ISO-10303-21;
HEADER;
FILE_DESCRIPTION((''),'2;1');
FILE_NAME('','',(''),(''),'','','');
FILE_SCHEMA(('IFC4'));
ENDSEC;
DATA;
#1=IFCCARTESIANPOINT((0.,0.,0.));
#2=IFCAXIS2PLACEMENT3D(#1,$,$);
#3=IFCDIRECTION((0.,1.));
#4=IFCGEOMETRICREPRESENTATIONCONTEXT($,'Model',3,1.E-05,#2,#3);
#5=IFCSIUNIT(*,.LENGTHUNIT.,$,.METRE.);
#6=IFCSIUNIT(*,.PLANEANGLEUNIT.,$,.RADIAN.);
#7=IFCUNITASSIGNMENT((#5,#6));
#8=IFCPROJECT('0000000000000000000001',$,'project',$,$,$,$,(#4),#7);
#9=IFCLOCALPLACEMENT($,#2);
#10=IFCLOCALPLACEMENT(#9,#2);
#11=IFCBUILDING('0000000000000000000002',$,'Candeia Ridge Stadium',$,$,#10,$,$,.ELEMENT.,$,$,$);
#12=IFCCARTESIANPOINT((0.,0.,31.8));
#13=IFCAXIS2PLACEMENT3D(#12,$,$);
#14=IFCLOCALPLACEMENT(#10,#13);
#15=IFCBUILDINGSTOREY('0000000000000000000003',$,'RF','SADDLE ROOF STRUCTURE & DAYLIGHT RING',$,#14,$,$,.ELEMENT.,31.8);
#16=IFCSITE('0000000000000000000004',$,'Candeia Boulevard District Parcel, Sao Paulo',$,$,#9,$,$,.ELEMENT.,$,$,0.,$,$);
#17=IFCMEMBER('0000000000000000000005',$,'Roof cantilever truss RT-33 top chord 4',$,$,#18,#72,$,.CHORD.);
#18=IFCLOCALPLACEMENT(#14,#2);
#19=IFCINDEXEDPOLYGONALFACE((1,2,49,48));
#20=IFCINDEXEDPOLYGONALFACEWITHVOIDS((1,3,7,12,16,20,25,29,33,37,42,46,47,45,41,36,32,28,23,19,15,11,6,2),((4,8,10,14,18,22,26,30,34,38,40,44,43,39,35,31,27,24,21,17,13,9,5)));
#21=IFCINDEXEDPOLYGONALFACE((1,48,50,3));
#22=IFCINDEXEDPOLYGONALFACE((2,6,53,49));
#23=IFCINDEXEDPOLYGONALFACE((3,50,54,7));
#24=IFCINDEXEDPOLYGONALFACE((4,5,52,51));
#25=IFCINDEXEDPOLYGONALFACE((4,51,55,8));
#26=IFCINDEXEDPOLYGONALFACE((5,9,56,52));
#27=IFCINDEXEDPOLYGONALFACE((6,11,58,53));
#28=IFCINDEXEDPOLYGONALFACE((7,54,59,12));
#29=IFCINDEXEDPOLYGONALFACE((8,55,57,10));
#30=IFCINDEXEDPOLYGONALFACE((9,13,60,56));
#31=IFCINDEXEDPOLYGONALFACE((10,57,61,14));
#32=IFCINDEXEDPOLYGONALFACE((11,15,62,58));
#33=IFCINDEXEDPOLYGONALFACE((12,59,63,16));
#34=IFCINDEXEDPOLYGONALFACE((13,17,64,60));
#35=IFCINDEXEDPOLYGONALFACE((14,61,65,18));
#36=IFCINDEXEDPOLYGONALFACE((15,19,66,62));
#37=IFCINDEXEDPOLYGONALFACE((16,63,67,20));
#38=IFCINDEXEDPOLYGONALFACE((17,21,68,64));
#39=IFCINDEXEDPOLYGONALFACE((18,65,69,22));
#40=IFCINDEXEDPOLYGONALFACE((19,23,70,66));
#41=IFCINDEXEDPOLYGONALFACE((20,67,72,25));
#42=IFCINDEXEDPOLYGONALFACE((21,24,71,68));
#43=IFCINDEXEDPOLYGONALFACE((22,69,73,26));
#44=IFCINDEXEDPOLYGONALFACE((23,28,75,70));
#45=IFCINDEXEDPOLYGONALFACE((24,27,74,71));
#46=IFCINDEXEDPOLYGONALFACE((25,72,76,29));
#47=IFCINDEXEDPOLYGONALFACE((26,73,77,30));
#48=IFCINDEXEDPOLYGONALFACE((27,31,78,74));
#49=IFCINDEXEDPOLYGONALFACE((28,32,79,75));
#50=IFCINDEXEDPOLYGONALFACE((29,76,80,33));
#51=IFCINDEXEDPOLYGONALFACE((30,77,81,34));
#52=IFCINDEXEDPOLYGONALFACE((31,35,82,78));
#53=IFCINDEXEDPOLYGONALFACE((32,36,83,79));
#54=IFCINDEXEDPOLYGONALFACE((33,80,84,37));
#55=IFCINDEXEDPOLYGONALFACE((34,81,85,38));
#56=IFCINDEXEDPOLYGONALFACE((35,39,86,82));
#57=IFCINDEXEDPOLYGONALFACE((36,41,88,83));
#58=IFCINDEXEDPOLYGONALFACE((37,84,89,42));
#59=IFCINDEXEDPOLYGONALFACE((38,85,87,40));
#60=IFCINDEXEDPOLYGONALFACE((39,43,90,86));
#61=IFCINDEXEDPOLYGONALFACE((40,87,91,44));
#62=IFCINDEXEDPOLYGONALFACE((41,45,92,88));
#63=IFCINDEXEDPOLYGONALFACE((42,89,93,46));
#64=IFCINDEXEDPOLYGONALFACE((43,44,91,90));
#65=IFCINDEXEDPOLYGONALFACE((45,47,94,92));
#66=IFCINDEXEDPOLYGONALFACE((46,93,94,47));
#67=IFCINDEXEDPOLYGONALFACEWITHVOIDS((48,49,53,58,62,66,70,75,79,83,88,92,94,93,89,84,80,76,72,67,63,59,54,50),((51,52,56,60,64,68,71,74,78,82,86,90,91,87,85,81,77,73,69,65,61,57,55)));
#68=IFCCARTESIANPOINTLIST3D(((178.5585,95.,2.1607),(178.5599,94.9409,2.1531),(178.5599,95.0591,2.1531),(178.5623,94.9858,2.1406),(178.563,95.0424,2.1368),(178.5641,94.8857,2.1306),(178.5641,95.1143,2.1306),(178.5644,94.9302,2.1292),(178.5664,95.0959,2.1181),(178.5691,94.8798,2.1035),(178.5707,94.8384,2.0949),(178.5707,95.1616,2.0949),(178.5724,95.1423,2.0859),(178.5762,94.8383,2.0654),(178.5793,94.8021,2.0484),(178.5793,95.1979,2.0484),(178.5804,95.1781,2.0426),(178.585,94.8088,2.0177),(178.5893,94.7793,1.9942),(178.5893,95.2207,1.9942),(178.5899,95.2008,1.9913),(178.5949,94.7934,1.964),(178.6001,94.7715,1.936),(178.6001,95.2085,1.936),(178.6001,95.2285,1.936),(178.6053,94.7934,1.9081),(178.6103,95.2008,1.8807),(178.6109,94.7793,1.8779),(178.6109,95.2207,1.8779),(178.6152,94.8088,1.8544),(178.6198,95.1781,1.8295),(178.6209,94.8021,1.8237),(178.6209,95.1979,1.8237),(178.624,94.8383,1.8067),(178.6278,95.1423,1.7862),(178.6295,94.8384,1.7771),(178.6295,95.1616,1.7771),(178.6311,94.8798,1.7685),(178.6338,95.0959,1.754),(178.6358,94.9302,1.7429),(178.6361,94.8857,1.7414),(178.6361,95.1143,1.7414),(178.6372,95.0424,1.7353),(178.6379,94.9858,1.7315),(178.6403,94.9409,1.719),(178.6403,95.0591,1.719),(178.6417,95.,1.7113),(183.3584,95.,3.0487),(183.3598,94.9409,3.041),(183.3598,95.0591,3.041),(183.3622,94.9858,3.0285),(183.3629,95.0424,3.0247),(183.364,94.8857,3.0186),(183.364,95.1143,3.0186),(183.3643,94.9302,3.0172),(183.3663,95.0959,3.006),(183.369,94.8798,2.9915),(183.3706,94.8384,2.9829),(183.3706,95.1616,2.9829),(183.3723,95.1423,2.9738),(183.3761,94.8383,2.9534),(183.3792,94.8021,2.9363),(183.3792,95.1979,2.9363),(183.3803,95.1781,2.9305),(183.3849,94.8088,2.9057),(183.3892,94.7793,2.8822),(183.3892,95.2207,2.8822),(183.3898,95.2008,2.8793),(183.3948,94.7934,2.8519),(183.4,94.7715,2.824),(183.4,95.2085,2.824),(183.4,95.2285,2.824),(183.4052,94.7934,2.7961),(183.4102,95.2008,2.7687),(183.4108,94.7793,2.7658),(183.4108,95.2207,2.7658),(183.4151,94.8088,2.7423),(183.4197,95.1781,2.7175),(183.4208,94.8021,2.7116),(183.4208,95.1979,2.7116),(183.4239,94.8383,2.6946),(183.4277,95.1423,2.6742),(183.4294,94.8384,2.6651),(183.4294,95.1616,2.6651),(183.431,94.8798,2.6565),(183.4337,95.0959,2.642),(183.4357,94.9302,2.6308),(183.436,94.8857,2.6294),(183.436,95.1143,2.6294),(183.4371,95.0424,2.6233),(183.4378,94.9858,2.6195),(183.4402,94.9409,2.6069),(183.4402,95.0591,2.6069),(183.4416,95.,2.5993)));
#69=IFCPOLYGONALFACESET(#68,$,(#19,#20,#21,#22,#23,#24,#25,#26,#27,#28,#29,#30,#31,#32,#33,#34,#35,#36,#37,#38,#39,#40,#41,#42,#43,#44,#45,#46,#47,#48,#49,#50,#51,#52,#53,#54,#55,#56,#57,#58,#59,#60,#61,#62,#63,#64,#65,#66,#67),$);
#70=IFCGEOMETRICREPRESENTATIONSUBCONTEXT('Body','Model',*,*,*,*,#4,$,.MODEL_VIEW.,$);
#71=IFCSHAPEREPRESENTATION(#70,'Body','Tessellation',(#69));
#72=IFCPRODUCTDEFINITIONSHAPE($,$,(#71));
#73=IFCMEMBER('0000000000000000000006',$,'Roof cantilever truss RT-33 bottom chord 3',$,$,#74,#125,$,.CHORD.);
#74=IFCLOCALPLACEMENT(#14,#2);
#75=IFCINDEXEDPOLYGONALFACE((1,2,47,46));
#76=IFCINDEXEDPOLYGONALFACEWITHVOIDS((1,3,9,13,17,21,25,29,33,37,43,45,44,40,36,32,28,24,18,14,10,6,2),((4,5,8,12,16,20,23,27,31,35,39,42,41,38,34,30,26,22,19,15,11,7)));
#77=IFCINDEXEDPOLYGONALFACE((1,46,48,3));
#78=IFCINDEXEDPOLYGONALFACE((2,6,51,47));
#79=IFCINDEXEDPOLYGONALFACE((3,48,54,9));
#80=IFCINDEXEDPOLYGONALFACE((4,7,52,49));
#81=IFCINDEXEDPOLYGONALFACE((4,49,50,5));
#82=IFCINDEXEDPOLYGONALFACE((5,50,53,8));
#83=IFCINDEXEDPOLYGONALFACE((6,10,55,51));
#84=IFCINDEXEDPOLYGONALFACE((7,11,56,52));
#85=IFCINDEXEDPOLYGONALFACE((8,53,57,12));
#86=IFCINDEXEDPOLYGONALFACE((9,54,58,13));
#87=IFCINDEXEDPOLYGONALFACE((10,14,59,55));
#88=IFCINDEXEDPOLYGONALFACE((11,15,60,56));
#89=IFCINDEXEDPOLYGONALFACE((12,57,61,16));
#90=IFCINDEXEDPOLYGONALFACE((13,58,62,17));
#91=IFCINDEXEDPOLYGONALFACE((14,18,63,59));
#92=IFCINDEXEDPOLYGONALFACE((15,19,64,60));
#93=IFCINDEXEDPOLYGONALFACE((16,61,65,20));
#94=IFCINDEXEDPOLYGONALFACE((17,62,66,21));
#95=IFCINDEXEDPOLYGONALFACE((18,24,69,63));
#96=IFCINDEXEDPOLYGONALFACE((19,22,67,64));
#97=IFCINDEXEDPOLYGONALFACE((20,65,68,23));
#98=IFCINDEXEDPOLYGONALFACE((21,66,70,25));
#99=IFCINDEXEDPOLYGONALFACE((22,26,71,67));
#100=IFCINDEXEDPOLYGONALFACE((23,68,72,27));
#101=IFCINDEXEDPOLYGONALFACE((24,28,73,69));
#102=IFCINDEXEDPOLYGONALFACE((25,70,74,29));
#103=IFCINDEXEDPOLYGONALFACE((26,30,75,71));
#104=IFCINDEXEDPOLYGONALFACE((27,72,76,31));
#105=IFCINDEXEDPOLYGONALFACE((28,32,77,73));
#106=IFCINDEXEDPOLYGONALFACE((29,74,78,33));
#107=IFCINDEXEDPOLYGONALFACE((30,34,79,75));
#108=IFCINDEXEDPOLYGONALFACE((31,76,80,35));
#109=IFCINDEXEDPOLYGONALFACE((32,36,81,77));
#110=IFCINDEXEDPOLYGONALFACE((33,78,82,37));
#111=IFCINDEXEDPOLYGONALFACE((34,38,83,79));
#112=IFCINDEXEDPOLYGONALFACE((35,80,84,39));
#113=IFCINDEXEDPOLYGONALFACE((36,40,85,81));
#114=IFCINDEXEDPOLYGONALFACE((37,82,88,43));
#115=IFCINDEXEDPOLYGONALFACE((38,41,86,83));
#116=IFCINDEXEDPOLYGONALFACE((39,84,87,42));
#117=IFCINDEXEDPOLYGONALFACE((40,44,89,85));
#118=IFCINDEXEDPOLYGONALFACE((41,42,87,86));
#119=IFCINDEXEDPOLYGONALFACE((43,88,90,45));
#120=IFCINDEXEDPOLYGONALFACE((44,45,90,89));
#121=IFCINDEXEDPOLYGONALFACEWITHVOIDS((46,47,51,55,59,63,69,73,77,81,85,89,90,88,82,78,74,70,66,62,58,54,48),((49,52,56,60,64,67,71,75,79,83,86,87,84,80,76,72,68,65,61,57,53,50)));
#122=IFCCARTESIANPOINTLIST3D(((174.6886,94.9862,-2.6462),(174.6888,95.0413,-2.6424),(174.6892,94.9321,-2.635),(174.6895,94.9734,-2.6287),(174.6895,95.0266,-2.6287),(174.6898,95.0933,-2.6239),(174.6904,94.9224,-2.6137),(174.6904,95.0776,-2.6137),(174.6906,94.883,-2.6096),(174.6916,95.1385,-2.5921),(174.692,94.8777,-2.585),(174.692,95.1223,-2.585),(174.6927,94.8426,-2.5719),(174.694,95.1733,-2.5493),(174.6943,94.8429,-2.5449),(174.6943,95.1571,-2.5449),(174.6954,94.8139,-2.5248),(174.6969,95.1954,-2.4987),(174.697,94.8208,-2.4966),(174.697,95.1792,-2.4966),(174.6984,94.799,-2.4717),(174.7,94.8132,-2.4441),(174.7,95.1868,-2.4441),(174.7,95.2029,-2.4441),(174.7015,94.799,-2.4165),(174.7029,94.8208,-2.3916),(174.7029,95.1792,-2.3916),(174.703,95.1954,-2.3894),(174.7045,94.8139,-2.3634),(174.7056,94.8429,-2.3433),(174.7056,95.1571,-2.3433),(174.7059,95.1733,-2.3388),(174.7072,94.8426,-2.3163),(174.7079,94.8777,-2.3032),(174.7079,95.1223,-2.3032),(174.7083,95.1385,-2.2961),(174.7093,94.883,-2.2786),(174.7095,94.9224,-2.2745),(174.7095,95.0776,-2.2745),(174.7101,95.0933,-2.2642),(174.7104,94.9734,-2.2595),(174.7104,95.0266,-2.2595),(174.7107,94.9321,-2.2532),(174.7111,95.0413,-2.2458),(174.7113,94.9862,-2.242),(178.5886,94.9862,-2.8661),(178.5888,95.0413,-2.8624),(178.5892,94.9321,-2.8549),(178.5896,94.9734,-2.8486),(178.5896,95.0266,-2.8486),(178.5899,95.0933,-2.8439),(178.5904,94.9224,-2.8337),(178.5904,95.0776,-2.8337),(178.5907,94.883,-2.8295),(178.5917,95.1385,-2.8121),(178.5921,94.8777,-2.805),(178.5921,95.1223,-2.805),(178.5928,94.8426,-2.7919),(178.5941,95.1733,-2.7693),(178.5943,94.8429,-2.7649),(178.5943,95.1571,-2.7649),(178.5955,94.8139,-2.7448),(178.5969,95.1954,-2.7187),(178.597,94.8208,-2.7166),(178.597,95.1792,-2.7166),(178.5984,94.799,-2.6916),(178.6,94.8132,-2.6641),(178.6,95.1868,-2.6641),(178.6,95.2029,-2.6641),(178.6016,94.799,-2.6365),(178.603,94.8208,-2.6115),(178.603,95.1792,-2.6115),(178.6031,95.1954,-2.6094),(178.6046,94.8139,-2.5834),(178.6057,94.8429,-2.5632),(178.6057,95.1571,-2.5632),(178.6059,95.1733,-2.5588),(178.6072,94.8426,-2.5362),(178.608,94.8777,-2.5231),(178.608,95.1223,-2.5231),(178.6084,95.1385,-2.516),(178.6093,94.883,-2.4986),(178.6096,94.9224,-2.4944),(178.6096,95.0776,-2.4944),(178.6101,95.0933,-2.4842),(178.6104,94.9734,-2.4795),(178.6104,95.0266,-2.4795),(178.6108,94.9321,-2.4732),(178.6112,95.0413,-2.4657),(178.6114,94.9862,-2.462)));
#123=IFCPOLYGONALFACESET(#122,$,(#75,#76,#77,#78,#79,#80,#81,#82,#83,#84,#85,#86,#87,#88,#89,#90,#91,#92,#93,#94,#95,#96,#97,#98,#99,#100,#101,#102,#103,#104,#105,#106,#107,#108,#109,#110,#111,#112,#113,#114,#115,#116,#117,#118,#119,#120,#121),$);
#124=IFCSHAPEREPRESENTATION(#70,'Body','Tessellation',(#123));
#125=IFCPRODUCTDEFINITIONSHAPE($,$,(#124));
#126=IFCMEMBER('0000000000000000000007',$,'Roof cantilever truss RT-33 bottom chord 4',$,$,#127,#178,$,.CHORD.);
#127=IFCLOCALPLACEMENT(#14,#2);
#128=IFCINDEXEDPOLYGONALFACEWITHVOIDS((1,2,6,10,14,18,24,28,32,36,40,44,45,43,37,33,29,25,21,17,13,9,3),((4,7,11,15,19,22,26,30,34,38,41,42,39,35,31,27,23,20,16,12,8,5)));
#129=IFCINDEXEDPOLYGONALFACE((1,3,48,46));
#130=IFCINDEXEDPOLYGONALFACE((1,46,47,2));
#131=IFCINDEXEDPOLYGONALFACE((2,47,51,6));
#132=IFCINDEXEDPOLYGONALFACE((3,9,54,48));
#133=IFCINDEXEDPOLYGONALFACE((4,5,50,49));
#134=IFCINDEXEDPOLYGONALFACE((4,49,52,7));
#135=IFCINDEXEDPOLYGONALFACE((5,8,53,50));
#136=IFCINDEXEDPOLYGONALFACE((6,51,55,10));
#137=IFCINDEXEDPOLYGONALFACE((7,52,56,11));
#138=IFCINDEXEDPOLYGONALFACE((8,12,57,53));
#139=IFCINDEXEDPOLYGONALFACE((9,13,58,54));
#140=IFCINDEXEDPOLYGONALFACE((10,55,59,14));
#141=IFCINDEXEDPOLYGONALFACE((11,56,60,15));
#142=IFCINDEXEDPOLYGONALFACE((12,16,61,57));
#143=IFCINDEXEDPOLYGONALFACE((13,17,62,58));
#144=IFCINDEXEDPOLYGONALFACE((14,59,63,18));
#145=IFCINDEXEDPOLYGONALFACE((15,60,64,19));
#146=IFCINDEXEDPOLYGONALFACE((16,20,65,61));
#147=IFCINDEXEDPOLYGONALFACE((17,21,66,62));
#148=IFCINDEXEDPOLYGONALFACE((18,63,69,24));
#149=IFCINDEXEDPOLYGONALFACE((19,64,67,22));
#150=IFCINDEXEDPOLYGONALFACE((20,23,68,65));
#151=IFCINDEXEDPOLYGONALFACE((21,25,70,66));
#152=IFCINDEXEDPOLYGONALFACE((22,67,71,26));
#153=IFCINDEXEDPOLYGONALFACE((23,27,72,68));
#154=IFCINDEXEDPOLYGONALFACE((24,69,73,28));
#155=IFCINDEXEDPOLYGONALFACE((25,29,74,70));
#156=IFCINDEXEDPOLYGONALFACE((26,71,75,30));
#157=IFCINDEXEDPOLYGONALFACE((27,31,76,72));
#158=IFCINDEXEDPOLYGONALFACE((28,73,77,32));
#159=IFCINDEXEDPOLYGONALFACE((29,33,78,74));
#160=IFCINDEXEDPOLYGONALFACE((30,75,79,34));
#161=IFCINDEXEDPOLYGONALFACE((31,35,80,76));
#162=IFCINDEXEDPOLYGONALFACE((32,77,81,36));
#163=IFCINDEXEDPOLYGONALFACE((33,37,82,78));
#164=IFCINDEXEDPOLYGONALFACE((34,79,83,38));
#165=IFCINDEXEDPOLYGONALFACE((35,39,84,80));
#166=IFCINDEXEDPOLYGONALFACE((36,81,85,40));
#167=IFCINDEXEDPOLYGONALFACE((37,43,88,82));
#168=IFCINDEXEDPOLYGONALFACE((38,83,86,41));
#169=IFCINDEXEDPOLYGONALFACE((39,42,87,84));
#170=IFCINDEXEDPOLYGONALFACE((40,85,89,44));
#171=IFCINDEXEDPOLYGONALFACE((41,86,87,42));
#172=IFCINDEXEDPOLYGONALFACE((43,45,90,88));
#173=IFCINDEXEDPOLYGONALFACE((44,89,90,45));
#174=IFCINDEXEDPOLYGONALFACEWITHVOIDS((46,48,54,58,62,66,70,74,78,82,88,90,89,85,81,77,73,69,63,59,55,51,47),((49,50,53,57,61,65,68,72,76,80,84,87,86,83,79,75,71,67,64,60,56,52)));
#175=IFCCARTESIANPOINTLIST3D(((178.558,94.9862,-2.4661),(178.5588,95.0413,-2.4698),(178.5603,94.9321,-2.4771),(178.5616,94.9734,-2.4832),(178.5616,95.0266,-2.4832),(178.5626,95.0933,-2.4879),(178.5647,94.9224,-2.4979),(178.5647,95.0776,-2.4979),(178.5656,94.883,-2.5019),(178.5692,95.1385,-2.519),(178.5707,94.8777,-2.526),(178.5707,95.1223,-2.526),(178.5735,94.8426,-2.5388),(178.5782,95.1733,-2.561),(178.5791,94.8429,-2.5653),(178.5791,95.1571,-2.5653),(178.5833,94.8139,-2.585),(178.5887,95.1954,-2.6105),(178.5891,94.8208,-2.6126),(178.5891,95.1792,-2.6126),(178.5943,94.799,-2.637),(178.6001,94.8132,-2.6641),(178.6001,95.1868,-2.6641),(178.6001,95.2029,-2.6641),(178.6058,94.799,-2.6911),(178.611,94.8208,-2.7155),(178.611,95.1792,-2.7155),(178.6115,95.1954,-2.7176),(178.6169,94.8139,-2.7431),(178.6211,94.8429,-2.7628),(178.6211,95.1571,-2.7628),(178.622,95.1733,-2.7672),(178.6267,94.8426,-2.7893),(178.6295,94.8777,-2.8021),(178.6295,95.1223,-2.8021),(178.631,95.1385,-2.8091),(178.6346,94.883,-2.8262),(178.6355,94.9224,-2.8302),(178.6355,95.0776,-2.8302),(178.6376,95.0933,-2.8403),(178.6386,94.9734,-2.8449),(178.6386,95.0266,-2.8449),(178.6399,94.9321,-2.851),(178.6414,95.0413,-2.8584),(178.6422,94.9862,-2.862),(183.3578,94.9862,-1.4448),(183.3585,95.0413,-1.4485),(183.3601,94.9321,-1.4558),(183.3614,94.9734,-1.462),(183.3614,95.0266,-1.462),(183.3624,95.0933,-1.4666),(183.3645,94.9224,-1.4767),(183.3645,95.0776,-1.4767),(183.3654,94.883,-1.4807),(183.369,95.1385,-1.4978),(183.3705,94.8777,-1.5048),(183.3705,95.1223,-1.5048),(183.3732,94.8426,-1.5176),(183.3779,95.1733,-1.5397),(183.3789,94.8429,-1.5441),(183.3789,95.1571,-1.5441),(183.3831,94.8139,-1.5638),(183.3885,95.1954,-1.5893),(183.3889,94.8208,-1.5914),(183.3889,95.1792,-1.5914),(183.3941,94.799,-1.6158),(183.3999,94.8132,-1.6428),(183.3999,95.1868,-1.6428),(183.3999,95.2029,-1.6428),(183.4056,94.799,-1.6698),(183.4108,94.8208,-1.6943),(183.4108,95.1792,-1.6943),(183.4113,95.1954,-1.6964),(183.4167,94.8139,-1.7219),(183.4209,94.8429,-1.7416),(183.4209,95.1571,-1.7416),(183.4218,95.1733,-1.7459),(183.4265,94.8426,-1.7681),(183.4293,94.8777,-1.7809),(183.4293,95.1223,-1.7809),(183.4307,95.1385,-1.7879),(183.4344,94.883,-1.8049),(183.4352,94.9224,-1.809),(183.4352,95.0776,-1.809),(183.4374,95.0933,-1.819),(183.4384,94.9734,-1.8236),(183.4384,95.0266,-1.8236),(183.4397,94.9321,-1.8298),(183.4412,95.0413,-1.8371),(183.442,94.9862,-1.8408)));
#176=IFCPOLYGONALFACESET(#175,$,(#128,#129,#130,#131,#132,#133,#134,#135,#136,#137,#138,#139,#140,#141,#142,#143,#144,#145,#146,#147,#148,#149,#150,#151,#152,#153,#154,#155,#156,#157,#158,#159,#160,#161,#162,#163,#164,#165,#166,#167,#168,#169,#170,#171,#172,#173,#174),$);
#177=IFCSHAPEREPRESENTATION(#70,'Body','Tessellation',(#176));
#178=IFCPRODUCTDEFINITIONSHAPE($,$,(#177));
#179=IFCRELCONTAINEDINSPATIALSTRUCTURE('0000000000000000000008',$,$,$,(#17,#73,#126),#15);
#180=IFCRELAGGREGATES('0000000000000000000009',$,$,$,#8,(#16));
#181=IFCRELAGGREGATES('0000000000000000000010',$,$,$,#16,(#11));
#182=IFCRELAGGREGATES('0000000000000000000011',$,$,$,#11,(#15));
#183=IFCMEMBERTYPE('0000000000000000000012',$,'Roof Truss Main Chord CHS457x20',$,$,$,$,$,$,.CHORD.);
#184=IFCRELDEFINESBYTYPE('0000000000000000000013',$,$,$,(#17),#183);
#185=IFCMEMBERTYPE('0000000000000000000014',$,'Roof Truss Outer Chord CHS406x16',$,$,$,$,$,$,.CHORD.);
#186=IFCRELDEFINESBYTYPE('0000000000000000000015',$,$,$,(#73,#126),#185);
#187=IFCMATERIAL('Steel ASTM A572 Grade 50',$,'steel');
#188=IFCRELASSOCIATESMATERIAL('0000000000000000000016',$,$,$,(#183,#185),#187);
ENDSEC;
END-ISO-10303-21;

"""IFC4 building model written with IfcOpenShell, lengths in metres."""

from ifc_helpers import new_model, si_unit, direction, frame, origin, origin_2d, place, context, subcontext, project, spatial, hollow_circle, extrude, material, material_profile, profile_set, type_object, element, save


model = new_model("IFC4")

# Units and contexts
model_context = context("Model", 3, precision=1e-05, world=origin(), true_north=direction((0.0, 1.0)))
body_context = subcontext(model_context, "Body", "Model", "MODEL_VIEW")
ifc_project = project(units=[si_unit("LENGTHUNIT", "METRE"), si_unit("PLANEANGLEUNIT", "RADIAN")], contexts=[model_context])

# Site, building, storey
site_placement = place(None, origin())
site = spatial("IfcSite", under=ifc_project, at=site_placement, Name="Candeia Boulevard District Parcel, Sao Paulo", CompositionType="ELEMENT", RefElevation=0.0)
building_placement = place(site_placement, origin())
building = spatial("IfcBuilding", under=site, at=building_placement, Name="Candeia Ridge Stadium", CompositionType="ELEMENT")
storey_placement = place(building_placement, frame((0.0, 0.0, 31.8)))
storey = spatial("IfcBuildingStorey", under=building, at=storey_placement, Name="RF", Description="SADDLE ROOF STRUCTURE & DAYLIGHT RING", CompositionType="ELEMENT", Elevation=31.8)

# Shared definitions
ifc_material_1 = material(Name="Steel ASTM A572 Grade 50", Category="steel")

# Members
ifc_material_profile_1 = material_profile(ifc_material_1, hollow_circle(Radius=0.2285, WallThickness=0.02, at=origin_2d()), Name="CHS457x20", Category="steel")
ifc_profile_set_1 = profile_set([ifc_material_profile_1], Name="Steel ASTM A572 Grade 50")
member_type_1 = type_object("IfcMemberType", Name="Roof Truss Main Chord CHS457x20", PredefinedType="CHORD", material=ifc_profile_set_1)
member_1_placement = place(storey_placement, frame((178.6001, 95.0, 1.936), z_axis=(0.983315, 0.0, 0.181908), x_axis=(0.0, 1.0, 0.0)))
element("IfcMember", 1, at=member_1_placement, inside=storey, type_object=member_type_1, Name="Roof cantilever truss RT-33 top chord 4", PredefinedType="CHORD", context=body_context, shape_type="SweptSolid", body=[
    extrude(hollow_circle(Radius=0.2285, WallThickness=0.02, at=origin_2d()), origin(), (0.0, 0.0, 1.0), 4.8813),
])
ifc_material_profile_2 = material_profile(ifc_material_1, hollow_circle(Radius=0.2029, WallThickness=0.0161, at=origin_2d()), Name="CHS406x16", Category="steel")
ifc_profile_set_2 = profile_set([ifc_material_profile_2], Name="Steel ASTM A572 Grade 50")
member_type_2 = type_object("IfcMemberType", Name="Roof Truss Outer Chord CHS406x16", PredefinedType="CHORD", material=ifc_profile_set_2)
member_2_placement = place(storey_placement, frame((174.7, 95.0, -2.4441), z_axis=(0.998413, 0.0, -0.056311), x_axis=(0.0, 1.0, 0.0)))
element("IfcMember", 2, at=member_2_placement, inside=storey, type_object=member_type_2, Name="Roof cantilever truss RT-33 bottom chord 3", PredefinedType="CHORD", context=body_context, shape_type="SweptSolid", body=[
    extrude(hollow_circle(Radius=0.2029, WallThickness=0.0161, at=origin_2d()), origin(), (0.0, 0.0, 1.0), 3.9062),
])
member_3_placement = place(storey_placement, frame((178.6001, 95.0, -2.6641), z_axis=(0.978106, 0.0, 0.208109), x_axis=(0.0, 1.0, 0.0)))
element("IfcMember", 3, at=member_3_placement, inside=storey, type_object=member_type_2, Name="Roof cantilever truss RT-33 bottom chord 4", PredefinedType="CHORD", context=body_context, shape_type="SweptSolid", body=[
    extrude(hollow_circle(Radius=0.2029, WallThickness=0.0161, at=origin_2d()), origin(), (0.0, 0.0, 1.0), 4.9072),
])

save(model, "model.ifc")
